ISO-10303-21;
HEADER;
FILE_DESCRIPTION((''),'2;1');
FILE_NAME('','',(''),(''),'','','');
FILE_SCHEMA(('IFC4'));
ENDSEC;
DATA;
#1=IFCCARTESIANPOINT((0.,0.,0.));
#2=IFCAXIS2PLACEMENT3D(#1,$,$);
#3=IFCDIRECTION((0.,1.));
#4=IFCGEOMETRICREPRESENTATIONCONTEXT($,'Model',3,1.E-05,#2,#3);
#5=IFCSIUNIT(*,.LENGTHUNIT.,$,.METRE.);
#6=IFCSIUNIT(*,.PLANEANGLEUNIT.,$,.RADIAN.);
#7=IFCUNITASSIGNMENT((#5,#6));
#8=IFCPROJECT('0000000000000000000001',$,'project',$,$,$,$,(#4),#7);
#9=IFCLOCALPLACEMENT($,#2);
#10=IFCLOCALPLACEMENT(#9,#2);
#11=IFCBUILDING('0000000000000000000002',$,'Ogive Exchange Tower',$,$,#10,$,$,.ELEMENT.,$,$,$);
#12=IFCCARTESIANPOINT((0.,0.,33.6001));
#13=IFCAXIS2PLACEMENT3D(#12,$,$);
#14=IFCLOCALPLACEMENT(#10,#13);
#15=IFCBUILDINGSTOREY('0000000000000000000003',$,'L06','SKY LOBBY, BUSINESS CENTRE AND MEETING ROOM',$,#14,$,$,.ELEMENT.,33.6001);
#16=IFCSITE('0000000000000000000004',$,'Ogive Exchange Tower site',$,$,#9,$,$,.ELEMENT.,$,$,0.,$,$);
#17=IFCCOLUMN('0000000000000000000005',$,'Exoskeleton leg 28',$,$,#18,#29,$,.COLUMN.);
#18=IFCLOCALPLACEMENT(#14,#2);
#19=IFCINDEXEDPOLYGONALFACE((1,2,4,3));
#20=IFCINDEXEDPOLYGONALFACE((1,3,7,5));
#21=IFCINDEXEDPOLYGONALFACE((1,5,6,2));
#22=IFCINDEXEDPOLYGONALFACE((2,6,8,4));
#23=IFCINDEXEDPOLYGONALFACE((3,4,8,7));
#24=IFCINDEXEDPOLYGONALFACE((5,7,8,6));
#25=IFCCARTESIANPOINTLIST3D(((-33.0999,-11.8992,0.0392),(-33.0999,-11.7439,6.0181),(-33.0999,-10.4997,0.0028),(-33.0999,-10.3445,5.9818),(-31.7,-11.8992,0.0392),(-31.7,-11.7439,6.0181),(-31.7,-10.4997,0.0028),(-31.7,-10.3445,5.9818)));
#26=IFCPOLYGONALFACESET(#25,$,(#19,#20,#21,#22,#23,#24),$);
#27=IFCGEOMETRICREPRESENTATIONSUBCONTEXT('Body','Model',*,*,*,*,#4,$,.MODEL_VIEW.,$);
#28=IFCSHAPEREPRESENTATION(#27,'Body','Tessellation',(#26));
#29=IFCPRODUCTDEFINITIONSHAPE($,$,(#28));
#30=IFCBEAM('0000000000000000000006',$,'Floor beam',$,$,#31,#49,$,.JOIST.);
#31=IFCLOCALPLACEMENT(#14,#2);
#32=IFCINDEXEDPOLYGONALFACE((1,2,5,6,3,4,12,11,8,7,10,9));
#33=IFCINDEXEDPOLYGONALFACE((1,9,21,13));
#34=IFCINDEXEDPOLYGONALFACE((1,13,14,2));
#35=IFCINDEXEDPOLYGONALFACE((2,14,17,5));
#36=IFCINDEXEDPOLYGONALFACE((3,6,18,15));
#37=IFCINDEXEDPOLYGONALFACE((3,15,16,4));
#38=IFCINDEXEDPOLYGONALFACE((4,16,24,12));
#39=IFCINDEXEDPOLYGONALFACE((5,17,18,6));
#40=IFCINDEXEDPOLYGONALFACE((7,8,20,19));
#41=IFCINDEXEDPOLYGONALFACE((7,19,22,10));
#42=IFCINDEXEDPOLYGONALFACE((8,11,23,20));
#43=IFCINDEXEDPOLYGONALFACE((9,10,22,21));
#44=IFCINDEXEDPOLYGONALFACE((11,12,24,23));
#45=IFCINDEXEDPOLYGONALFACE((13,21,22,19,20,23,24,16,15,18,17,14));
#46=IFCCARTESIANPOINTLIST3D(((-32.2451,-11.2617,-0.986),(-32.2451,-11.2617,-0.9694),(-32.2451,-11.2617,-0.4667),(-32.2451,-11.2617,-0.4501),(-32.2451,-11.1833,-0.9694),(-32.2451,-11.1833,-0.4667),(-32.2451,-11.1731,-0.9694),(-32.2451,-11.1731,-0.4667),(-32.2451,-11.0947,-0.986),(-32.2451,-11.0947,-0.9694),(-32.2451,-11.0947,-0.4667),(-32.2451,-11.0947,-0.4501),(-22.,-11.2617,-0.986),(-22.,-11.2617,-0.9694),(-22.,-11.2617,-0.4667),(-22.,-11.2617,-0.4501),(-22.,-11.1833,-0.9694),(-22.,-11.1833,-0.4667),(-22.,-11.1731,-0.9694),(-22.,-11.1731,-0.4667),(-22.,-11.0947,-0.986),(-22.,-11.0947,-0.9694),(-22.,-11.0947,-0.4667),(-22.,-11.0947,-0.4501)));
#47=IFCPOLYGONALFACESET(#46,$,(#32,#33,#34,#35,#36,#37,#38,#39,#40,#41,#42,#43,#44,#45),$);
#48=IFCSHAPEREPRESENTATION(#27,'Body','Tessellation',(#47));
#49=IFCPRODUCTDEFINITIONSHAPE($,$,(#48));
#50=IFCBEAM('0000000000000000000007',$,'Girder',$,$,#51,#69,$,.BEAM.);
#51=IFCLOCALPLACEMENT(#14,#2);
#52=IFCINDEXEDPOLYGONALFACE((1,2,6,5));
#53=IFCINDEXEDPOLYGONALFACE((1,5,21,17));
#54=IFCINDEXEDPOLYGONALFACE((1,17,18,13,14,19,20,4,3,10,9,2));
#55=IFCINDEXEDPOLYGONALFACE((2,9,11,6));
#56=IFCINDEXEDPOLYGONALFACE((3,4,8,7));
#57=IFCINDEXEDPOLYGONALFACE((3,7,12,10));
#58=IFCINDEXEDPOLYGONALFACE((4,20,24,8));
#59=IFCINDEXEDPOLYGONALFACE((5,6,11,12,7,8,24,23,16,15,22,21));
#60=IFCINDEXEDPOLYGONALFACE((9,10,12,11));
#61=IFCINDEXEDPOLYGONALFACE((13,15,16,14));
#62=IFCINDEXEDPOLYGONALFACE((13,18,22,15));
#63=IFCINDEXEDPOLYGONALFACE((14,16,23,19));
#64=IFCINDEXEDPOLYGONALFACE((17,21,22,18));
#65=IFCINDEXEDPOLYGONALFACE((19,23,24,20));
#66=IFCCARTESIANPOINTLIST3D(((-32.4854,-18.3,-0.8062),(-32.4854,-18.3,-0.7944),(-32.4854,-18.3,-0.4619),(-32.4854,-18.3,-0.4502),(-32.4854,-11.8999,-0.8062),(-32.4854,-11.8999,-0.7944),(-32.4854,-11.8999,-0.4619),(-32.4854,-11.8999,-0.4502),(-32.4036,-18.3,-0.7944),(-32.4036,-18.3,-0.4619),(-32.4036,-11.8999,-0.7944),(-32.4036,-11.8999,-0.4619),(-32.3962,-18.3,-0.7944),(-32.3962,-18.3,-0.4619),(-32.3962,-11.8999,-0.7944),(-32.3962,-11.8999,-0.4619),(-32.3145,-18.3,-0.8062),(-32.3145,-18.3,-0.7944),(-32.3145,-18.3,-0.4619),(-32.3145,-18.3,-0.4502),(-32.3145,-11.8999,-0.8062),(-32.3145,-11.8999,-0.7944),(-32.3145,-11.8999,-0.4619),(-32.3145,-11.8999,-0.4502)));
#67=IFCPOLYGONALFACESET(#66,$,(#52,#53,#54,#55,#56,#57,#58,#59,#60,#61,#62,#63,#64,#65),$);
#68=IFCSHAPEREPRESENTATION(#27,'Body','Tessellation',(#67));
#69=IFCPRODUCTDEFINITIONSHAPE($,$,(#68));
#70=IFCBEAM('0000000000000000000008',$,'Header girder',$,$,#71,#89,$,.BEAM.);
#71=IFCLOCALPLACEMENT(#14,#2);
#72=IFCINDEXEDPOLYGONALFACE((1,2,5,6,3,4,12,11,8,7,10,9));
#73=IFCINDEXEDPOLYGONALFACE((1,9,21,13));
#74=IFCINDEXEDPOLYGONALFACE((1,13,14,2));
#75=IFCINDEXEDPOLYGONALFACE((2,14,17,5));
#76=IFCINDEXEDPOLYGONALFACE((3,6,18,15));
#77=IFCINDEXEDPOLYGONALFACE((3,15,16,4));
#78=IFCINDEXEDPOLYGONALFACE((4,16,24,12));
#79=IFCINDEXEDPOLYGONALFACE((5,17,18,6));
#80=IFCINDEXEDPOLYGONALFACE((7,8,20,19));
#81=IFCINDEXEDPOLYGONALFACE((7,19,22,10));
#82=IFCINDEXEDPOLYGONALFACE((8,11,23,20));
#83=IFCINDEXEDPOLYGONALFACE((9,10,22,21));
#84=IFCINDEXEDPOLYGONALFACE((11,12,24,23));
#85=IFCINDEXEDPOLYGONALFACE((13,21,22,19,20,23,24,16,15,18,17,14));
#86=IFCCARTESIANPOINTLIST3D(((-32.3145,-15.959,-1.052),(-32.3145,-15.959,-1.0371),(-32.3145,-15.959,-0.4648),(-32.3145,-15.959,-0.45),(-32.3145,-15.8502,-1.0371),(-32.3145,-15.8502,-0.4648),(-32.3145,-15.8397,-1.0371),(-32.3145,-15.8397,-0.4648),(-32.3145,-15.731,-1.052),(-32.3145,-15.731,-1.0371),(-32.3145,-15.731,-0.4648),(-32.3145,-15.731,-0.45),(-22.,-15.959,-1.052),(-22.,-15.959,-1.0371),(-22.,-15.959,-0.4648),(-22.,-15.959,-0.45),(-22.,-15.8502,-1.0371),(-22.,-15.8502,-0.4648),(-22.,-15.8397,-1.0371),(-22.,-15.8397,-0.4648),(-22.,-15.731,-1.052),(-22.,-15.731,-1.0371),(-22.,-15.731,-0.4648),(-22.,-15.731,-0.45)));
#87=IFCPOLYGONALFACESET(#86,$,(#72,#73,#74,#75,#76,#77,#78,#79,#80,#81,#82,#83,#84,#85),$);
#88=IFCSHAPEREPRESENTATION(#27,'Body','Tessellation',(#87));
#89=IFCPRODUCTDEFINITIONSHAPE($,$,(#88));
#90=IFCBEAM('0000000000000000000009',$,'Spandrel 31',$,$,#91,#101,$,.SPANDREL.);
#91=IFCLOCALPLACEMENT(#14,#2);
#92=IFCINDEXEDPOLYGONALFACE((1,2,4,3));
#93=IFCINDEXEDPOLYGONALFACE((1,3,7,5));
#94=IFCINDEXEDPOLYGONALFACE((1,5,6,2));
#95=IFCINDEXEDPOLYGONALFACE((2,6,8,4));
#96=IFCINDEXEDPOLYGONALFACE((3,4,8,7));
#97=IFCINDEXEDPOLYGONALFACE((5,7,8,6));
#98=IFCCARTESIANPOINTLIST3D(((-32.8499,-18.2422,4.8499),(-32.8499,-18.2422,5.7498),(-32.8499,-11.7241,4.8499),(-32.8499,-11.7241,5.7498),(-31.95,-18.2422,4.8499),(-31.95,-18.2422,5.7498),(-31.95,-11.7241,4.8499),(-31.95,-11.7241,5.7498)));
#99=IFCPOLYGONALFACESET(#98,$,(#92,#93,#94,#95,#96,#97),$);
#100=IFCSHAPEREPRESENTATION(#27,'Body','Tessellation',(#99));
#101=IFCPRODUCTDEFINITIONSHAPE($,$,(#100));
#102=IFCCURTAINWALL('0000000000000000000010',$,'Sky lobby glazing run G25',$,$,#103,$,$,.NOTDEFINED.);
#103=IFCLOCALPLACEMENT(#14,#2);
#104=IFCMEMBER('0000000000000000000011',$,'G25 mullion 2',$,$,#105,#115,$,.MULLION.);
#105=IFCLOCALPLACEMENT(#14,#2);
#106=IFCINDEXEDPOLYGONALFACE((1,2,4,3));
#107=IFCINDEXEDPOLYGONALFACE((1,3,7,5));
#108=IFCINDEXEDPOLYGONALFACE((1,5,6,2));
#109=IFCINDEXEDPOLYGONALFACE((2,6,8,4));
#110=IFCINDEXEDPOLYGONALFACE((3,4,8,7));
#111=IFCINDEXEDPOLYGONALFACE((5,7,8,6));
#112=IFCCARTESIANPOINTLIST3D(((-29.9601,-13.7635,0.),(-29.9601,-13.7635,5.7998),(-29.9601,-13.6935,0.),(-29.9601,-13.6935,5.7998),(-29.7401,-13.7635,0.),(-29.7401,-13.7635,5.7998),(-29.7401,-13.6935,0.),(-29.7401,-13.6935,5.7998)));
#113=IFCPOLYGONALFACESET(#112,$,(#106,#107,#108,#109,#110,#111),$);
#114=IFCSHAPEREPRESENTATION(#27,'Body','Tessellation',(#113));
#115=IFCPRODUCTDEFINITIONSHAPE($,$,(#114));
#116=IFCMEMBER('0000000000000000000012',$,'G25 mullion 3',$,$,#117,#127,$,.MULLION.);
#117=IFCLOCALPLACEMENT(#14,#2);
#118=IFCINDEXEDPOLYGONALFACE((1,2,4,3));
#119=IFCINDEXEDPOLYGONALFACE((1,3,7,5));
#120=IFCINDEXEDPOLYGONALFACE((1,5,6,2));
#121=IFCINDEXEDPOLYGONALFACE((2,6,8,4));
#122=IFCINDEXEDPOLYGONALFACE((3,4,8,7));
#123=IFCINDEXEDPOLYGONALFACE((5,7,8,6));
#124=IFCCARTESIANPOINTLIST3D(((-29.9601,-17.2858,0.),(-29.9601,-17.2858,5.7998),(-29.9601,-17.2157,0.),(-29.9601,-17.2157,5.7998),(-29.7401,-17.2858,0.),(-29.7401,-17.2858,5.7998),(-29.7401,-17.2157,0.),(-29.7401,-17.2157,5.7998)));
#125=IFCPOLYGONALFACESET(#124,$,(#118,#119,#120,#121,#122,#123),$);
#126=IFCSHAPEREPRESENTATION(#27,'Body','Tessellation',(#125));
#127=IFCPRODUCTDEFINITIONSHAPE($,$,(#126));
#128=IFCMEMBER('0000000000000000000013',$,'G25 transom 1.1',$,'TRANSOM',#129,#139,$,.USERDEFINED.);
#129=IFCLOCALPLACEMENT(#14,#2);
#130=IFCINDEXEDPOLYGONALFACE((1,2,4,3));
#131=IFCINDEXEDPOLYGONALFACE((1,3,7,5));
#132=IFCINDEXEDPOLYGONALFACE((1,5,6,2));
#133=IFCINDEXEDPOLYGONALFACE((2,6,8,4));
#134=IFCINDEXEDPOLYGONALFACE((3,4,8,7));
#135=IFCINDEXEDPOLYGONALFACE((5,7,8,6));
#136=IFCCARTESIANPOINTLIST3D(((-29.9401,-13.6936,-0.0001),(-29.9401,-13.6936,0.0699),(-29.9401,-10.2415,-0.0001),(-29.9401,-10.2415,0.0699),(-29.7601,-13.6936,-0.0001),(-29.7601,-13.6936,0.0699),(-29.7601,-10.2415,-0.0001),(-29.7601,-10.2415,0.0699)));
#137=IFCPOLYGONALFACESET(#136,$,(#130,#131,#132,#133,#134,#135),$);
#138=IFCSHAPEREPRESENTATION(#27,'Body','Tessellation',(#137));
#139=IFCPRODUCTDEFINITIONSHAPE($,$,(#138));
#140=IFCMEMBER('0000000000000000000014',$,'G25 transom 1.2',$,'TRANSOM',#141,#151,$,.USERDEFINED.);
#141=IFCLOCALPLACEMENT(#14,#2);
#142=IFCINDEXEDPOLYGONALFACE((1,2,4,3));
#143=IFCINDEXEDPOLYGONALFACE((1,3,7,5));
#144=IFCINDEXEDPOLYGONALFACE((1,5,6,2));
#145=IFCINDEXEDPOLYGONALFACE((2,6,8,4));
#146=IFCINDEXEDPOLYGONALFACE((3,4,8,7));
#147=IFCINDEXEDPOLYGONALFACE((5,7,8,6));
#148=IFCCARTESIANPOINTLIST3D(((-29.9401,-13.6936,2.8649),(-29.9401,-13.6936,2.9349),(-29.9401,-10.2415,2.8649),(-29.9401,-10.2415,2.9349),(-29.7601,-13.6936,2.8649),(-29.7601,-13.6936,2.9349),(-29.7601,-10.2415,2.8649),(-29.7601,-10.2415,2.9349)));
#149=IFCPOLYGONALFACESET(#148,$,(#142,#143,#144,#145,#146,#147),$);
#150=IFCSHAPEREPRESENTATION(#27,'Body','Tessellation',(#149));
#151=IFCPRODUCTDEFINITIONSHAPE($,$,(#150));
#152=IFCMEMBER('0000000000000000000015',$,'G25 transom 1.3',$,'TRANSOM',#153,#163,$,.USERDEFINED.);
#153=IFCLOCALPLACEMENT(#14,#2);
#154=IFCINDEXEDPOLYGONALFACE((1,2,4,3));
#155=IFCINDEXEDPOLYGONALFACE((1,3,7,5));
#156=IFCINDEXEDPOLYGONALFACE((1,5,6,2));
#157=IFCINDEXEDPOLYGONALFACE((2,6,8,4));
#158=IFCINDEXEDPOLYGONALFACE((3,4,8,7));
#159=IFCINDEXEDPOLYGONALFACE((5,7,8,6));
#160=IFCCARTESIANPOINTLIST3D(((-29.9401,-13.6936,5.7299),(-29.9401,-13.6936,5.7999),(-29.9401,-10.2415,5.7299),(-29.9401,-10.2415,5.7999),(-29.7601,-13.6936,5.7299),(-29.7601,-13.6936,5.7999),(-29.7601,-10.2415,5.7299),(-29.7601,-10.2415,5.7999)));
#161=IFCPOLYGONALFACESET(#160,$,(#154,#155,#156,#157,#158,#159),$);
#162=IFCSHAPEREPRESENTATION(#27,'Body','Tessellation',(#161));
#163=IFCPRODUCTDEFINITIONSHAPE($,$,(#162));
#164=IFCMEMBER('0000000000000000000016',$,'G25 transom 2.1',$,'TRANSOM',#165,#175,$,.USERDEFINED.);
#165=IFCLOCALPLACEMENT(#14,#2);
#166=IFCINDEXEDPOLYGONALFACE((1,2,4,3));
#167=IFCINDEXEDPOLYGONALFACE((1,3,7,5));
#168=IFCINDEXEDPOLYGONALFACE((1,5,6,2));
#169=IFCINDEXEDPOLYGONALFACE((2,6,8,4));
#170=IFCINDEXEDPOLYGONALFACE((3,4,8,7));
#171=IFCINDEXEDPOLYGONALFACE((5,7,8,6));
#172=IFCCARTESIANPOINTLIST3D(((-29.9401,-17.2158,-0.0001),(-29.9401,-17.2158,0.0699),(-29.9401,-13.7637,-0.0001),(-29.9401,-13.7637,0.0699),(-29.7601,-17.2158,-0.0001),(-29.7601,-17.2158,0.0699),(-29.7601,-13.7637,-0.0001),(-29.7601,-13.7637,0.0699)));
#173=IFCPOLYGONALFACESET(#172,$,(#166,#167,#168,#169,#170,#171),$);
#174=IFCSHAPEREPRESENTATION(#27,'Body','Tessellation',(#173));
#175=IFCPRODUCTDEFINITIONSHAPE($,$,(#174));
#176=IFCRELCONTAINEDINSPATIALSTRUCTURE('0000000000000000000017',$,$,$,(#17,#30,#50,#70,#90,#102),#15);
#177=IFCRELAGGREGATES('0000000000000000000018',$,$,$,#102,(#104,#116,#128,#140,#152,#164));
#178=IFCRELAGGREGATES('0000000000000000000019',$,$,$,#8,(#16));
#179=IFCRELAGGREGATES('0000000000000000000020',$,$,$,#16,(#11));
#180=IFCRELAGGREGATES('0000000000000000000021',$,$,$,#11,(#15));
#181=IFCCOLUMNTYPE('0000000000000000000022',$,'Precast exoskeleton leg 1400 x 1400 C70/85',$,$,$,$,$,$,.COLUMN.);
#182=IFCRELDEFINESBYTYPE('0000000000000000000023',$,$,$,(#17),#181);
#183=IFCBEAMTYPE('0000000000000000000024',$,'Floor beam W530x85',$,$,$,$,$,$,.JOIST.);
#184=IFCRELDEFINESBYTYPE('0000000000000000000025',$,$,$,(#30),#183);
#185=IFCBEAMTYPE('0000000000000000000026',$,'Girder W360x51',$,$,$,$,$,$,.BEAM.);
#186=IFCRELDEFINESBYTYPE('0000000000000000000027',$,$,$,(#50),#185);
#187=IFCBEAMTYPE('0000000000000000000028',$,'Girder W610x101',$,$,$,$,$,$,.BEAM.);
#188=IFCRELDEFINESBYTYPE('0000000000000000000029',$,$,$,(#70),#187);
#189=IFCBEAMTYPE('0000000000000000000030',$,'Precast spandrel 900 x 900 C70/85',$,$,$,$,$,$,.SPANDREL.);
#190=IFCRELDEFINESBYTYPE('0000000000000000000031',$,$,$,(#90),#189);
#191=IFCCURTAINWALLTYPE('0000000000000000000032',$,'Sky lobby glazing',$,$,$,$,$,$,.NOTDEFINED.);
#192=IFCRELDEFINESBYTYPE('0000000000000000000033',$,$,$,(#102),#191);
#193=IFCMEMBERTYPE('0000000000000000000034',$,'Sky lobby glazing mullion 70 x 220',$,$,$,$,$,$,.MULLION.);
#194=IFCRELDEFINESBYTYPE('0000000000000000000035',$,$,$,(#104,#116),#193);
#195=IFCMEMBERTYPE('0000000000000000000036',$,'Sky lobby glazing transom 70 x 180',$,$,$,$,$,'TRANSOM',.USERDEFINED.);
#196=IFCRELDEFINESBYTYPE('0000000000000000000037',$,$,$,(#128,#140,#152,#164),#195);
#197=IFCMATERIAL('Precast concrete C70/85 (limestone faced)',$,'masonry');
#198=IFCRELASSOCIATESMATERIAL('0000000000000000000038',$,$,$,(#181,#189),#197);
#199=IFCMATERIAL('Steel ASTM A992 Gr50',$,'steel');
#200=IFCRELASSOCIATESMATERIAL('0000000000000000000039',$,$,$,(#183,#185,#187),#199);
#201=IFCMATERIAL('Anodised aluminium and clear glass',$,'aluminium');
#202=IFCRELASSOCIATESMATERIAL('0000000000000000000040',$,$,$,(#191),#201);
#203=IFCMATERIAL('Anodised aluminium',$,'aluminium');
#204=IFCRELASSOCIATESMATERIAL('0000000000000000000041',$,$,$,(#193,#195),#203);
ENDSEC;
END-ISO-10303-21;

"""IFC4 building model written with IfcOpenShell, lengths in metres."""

from ifc_helpers import new_model, si_unit, direction, frame, origin, origin_2d, place, context, subcontext, project, spatial, rectangle, i_section, extrude, material, material_profile, profile_set, type_object, element, aggregate, save


model = new_model("IFC4")

# Units and contexts
model_context = context("Model", 3, precision=1e-05, world=origin(), true_north=direction((0.0, 1.0)))
body_context = subcontext(model_context, "Body", "Model", "MODEL_VIEW")
ifc_project = project(units=[si_unit("LENGTHUNIT", "METRE"), si_unit("PLANEANGLEUNIT", "RADIAN")], contexts=[model_context])

# Site, building, storey
site_placement = place(None, origin())
site = spatial("IfcSite", under=ifc_project, at=site_placement, Name="Ogive Exchange Tower site", CompositionType="ELEMENT", RefElevation=0.0)
building_placement = place(site_placement, origin())
building = spatial("IfcBuilding", under=site, at=building_placement, Name="Ogive Exchange Tower", CompositionType="ELEMENT")
storey_placement = place(building_placement, frame((0.0, 0.0, 33.6001)))
storey = spatial("IfcBuildingStorey", under=building, at=storey_placement, Name="L06", Description="SKY LOBBY, BUSINESS CENTRE AND MEETING ROOM", CompositionType="ELEMENT", Elevation=33.6001)

# Column
ifc_material_1 = material(Name="Precast concrete C70/85 (limestone faced)", Category="masonry")
ifc_material_profile_1 = material_profile(ifc_material_1, rectangle(XDim=1.3999, YDim=1.3999, at=origin_2d()), Name="1400 x 1400")
ifc_profile_set_1 = profile_set([ifc_material_profile_1], Name="Precast concrete C70/85 (limestone faced)")
column_type = type_object("IfcColumnType", Name="Precast exoskeleton leg 1400 x 1400 C70/85", PredefinedType="COLUMN", material=ifc_profile_set_1)
column_placement = place(storey_placement, frame((-32.3999, -11.1995, 0.021), z_axis=(0.0, 0.025961, 0.999663), x_axis=(-1.0, 0.0, 0.0)))
element("IfcColumn", 1, at=column_placement, inside=storey, type_object=column_type, Name="Exoskeleton leg 28", PredefinedType="COLUMN", context=body_context, shape_type="SweptSolid", body=[
    extrude(rectangle(XDim=1.3999, YDim=1.3999, at=origin_2d()), origin(), (0.0, 0.0, 1.0), 5.981),
])

# Beams
ifc_material_2 = material(Name="Steel ASTM A992 Gr50", Category="steel")
ifc_material_profile_2 = material_profile(ifc_material_2, i_section(OverallWidth=0.167, OverallDepth=0.5359, WebThickness=0.0103, FlangeThickness=0.0166, at=origin_2d()), Name="W530x85")
ifc_profile_set_2 = profile_set([ifc_material_profile_2], Name="Steel ASTM A992 Gr50")
beam_type_1 = type_object("IfcBeamType", Name="Floor beam W530x85", PredefinedType="JOIST", material=ifc_profile_set_2)
beam_1_placement = place(storey_placement, frame((-32.2451, -11.1782, -0.718), z_axis=(1.0, 0.0, 0.0), x_axis=(0.0, 1.0, 0.0)))
element("IfcBeam", 2, at=beam_1_placement, inside=storey, type_object=beam_type_1, Name="Floor beam", PredefinedType="JOIST", context=body_context, shape_type="SweptSolid", body=[
    extrude(i_section(OverallWidth=0.167, OverallDepth=0.5359, WebThickness=0.0103, FlangeThickness=0.0166, at=origin_2d()), origin(), (0.0, 0.0, 1.0), 10.2451),
])
ifc_material_profile_3 = material_profile(ifc_material_2, i_section(OverallWidth=0.1709, OverallDepth=0.356, WebThickness=0.0073, FlangeThickness=0.0117, at=origin_2d()), Name="W360x51")
ifc_profile_set_3 = profile_set([ifc_material_profile_3], Name="Steel ASTM A992 Gr50")
beam_type_2 = type_object("IfcBeamType", Name="Girder W360x51", PredefinedType="BEAM", material=ifc_profile_set_3)
beam_2_placement = place(storey_placement, frame((-32.3999, -11.8999, -0.6282), z_axis=(0.0, -1.0, 0.0), x_axis=(1.0, 0.0, 0.0)))
element("IfcBeam", 3, at=beam_2_placement, inside=storey, type_object=beam_type_2, Name="Girder", PredefinedType="BEAM", context=body_context, shape_type="SweptSolid", body=[
    extrude(i_section(OverallWidth=0.1709, OverallDepth=0.356, WebThickness=0.0073, FlangeThickness=0.0117, at=origin_2d()), origin(), (0.0, 0.0, 1.0), 6.4001),
])
ifc_material_profile_4 = material_profile(ifc_material_2, i_section(OverallWidth=0.228, OverallDepth=0.6021, WebThickness=0.0105, FlangeThickness=0.0149, at=origin_2d()), Name="W610x101")
ifc_profile_set_4 = profile_set([ifc_material_profile_4], Name="Steel ASTM A992 Gr50")
beam_type_3 = type_object("IfcBeamType", Name="Girder W610x101", PredefinedType="BEAM", material=ifc_profile_set_4)
beam_3_placement = place(storey_placement, frame((-32.3145, -15.845, -0.751), z_axis=(1.0, 0.0, 0.0), x_axis=(0.0, 1.0, 0.0)))
element("IfcBeam", 4, at=beam_3_placement, inside=storey, type_object=beam_type_3, Name="Header girder", PredefinedType="BEAM", context=body_context, shape_type="SweptSolid", body=[
    extrude(i_section(OverallWidth=0.228, OverallDepth=0.6021, WebThickness=0.0105, FlangeThickness=0.0149, at=origin_2d()), origin(), (0.0, 0.0, 1.0), 10.3145),
])
ifc_material_profile_5 = material_profile(ifc_material_1, rectangle(XDim=0.8999, YDim=0.8999, at=origin_2d()), Name="900 x 900")
ifc_profile_set_5 = profile_set([ifc_material_profile_5], Name="Precast concrete C70/85 (limestone faced)")
beam_type_4 = type_object("IfcBeamType", Name="Precast spandrel 900 x 900 C70/85", PredefinedType="SPANDREL", material=ifc_profile_set_5)
beam_4_placement = place(storey_placement, frame((-32.3999, -11.7241, 5.2998), z_axis=(0.0, -1.0, 0.0), x_axis=(1.0, 0.0, 0.0)))
element("IfcBeam", 5, at=beam_4_placement, inside=storey, type_object=beam_type_4, Name="Spandrel 31", PredefinedType="SPANDREL", context=body_context, shape_type="SweptSolid", body=[
    extrude(rectangle(XDim=0.8999, YDim=0.8999, at=origin_2d()), origin(), (0.0, 0.0, 1.0), 6.5181),
])

# Curtain wall, members
ifc_material_3 = material(Name="Anodised aluminium and clear glass", Category="aluminium")
curtain_wall_type = type_object("IfcCurtainWallType", Name="Sky lobby glazing", PredefinedType="NOTDEFINED", material=ifc_material_3)
curtain_wall_placement = place(storey_placement, origin())
curtain_wall = element("IfcCurtainWall", 6, at=curtain_wall_placement, inside=storey, type_object=curtain_wall_type, Name="Sky lobby glazing run G25", PredefinedType="NOTDEFINED")
ifc_material_4 = material(Name="Anodised aluminium", Category="aluminium")
ifc_material_profile_6 = material_profile(ifc_material_4, rectangle(XDim=0.22, YDim=0.0701, at=origin_2d()), Name="AL 70x220")
ifc_profile_set_6 = profile_set([ifc_material_profile_6], Name="Anodised aluminium")
member_type_1 = type_object("IfcMemberType", Name="Sky lobby glazing mullion 70 x 220", PredefinedType="MULLION", material=ifc_profile_set_6)
member_1_placement = place(storey_placement, frame((-29.8501, -13.7285, 0.0), z_axis=(0.0, 0.0, 1.0), x_axis=(1.0, 0.0, 0.0)))
member_1 = element("IfcMember", 7, at=member_1_placement, type_object=member_type_1, Name="G25 mullion 2", PredefinedType="MULLION", context=body_context, shape_type="SweptSolid", body=[
    extrude(rectangle(XDim=0.22, YDim=0.0701, at=origin_2d()), origin(), (0.0, 0.0, 1.0), 5.7998),
])
member_2_placement = place(storey_placement, frame((-29.8501, -17.2507, 0.0), z_axis=(0.0, 0.0, 1.0), x_axis=(1.0, 0.0, 0.0)))
member_2 = element("IfcMember", 8, at=member_2_placement, type_object=member_type_1, Name="G25 mullion 3", PredefinedType="MULLION", context=body_context, shape_type="SweptSolid", body=[
    extrude(rectangle(XDim=0.22, YDim=0.0701, at=origin_2d()), origin(), (0.0, 0.0, 1.0), 5.7998),
])
ifc_material_profile_7 = material_profile(ifc_material_4, rectangle(XDim=0.1799, YDim=0.0701, at=origin_2d()), Name="AL 70x180")
ifc_profile_set_7 = profile_set([ifc_material_profile_7], Name="Anodised aluminium")
member_type_2 = type_object("IfcMemberType", Name="Sky lobby glazing transom 70 x 180", ElementType="TRANSOM", PredefinedType="USERDEFINED", material=ifc_profile_set_7)
member_3_placement = place(storey_placement, frame((-29.8501, -10.2415, 0.0349), z_axis=(0.0, -1.0, 0.0), x_axis=(1.0, 0.0, 0.0)))
member_3 = element("IfcMember", 9, at=member_3_placement, type_object=member_type_2, Name="G25 transom 1.1", ObjectType="TRANSOM", PredefinedType="USERDEFINED", context=body_context, shape_type="SweptSolid", body=[
    extrude(rectangle(XDim=0.1799, YDim=0.0701, at=origin_2d()), origin(), (0.0, 0.0, 1.0), 3.4521),
])
member_4_placement = place(storey_placement, frame((-29.8501, -10.2415, 2.8999), z_axis=(0.0, -1.0, 0.0), x_axis=(1.0, 0.0, 0.0)))
member_4 = element("IfcMember", 10, at=member_4_placement, type_object=member_type_2, Name="G25 transom 1.2", ObjectType="TRANSOM", PredefinedType="USERDEFINED", context=body_context, shape_type="SweptSolid", body=[
    extrude(rectangle(XDim=0.1799, YDim=0.0701, at=origin_2d()), origin(), (0.0, 0.0, 1.0), 3.4521),
])
member_5_placement = place(storey_placement, frame((-29.8501, -10.2415, 5.7649), z_axis=(0.0, -1.0, 0.0), x_axis=(1.0, 0.0, 0.0)))
member_5 = element("IfcMember", 11, at=member_5_placement, type_object=member_type_2, Name="G25 transom 1.3", ObjectType="TRANSOM", PredefinedType="USERDEFINED", context=body_context, shape_type="SweptSolid", body=[
    extrude(rectangle(XDim=0.1799, YDim=0.0701, at=origin_2d()), origin(), (0.0, 0.0, 1.0), 3.4521),
])
member_6_placement = place(storey_placement, frame((-29.8501, -13.7637, 0.0349), z_axis=(0.0, -1.0, 0.0), x_axis=(1.0, 0.0, 0.0)))
member_6 = element("IfcMember", 12, at=member_6_placement, type_object=member_type_2, Name="G25 transom 2.1", ObjectType="TRANSOM", PredefinedType="USERDEFINED", context=body_context, shape_type="SweptSolid", body=[
    extrude(rectangle(XDim=0.1799, YDim=0.0701, at=origin_2d()), origin(), (0.0, 0.0, 1.0), 3.4521),
])
aggregate(curtain_wall, [member_1, member_2, member_3, member_4, member_5, member_6])

save(model, "model.ifc")
